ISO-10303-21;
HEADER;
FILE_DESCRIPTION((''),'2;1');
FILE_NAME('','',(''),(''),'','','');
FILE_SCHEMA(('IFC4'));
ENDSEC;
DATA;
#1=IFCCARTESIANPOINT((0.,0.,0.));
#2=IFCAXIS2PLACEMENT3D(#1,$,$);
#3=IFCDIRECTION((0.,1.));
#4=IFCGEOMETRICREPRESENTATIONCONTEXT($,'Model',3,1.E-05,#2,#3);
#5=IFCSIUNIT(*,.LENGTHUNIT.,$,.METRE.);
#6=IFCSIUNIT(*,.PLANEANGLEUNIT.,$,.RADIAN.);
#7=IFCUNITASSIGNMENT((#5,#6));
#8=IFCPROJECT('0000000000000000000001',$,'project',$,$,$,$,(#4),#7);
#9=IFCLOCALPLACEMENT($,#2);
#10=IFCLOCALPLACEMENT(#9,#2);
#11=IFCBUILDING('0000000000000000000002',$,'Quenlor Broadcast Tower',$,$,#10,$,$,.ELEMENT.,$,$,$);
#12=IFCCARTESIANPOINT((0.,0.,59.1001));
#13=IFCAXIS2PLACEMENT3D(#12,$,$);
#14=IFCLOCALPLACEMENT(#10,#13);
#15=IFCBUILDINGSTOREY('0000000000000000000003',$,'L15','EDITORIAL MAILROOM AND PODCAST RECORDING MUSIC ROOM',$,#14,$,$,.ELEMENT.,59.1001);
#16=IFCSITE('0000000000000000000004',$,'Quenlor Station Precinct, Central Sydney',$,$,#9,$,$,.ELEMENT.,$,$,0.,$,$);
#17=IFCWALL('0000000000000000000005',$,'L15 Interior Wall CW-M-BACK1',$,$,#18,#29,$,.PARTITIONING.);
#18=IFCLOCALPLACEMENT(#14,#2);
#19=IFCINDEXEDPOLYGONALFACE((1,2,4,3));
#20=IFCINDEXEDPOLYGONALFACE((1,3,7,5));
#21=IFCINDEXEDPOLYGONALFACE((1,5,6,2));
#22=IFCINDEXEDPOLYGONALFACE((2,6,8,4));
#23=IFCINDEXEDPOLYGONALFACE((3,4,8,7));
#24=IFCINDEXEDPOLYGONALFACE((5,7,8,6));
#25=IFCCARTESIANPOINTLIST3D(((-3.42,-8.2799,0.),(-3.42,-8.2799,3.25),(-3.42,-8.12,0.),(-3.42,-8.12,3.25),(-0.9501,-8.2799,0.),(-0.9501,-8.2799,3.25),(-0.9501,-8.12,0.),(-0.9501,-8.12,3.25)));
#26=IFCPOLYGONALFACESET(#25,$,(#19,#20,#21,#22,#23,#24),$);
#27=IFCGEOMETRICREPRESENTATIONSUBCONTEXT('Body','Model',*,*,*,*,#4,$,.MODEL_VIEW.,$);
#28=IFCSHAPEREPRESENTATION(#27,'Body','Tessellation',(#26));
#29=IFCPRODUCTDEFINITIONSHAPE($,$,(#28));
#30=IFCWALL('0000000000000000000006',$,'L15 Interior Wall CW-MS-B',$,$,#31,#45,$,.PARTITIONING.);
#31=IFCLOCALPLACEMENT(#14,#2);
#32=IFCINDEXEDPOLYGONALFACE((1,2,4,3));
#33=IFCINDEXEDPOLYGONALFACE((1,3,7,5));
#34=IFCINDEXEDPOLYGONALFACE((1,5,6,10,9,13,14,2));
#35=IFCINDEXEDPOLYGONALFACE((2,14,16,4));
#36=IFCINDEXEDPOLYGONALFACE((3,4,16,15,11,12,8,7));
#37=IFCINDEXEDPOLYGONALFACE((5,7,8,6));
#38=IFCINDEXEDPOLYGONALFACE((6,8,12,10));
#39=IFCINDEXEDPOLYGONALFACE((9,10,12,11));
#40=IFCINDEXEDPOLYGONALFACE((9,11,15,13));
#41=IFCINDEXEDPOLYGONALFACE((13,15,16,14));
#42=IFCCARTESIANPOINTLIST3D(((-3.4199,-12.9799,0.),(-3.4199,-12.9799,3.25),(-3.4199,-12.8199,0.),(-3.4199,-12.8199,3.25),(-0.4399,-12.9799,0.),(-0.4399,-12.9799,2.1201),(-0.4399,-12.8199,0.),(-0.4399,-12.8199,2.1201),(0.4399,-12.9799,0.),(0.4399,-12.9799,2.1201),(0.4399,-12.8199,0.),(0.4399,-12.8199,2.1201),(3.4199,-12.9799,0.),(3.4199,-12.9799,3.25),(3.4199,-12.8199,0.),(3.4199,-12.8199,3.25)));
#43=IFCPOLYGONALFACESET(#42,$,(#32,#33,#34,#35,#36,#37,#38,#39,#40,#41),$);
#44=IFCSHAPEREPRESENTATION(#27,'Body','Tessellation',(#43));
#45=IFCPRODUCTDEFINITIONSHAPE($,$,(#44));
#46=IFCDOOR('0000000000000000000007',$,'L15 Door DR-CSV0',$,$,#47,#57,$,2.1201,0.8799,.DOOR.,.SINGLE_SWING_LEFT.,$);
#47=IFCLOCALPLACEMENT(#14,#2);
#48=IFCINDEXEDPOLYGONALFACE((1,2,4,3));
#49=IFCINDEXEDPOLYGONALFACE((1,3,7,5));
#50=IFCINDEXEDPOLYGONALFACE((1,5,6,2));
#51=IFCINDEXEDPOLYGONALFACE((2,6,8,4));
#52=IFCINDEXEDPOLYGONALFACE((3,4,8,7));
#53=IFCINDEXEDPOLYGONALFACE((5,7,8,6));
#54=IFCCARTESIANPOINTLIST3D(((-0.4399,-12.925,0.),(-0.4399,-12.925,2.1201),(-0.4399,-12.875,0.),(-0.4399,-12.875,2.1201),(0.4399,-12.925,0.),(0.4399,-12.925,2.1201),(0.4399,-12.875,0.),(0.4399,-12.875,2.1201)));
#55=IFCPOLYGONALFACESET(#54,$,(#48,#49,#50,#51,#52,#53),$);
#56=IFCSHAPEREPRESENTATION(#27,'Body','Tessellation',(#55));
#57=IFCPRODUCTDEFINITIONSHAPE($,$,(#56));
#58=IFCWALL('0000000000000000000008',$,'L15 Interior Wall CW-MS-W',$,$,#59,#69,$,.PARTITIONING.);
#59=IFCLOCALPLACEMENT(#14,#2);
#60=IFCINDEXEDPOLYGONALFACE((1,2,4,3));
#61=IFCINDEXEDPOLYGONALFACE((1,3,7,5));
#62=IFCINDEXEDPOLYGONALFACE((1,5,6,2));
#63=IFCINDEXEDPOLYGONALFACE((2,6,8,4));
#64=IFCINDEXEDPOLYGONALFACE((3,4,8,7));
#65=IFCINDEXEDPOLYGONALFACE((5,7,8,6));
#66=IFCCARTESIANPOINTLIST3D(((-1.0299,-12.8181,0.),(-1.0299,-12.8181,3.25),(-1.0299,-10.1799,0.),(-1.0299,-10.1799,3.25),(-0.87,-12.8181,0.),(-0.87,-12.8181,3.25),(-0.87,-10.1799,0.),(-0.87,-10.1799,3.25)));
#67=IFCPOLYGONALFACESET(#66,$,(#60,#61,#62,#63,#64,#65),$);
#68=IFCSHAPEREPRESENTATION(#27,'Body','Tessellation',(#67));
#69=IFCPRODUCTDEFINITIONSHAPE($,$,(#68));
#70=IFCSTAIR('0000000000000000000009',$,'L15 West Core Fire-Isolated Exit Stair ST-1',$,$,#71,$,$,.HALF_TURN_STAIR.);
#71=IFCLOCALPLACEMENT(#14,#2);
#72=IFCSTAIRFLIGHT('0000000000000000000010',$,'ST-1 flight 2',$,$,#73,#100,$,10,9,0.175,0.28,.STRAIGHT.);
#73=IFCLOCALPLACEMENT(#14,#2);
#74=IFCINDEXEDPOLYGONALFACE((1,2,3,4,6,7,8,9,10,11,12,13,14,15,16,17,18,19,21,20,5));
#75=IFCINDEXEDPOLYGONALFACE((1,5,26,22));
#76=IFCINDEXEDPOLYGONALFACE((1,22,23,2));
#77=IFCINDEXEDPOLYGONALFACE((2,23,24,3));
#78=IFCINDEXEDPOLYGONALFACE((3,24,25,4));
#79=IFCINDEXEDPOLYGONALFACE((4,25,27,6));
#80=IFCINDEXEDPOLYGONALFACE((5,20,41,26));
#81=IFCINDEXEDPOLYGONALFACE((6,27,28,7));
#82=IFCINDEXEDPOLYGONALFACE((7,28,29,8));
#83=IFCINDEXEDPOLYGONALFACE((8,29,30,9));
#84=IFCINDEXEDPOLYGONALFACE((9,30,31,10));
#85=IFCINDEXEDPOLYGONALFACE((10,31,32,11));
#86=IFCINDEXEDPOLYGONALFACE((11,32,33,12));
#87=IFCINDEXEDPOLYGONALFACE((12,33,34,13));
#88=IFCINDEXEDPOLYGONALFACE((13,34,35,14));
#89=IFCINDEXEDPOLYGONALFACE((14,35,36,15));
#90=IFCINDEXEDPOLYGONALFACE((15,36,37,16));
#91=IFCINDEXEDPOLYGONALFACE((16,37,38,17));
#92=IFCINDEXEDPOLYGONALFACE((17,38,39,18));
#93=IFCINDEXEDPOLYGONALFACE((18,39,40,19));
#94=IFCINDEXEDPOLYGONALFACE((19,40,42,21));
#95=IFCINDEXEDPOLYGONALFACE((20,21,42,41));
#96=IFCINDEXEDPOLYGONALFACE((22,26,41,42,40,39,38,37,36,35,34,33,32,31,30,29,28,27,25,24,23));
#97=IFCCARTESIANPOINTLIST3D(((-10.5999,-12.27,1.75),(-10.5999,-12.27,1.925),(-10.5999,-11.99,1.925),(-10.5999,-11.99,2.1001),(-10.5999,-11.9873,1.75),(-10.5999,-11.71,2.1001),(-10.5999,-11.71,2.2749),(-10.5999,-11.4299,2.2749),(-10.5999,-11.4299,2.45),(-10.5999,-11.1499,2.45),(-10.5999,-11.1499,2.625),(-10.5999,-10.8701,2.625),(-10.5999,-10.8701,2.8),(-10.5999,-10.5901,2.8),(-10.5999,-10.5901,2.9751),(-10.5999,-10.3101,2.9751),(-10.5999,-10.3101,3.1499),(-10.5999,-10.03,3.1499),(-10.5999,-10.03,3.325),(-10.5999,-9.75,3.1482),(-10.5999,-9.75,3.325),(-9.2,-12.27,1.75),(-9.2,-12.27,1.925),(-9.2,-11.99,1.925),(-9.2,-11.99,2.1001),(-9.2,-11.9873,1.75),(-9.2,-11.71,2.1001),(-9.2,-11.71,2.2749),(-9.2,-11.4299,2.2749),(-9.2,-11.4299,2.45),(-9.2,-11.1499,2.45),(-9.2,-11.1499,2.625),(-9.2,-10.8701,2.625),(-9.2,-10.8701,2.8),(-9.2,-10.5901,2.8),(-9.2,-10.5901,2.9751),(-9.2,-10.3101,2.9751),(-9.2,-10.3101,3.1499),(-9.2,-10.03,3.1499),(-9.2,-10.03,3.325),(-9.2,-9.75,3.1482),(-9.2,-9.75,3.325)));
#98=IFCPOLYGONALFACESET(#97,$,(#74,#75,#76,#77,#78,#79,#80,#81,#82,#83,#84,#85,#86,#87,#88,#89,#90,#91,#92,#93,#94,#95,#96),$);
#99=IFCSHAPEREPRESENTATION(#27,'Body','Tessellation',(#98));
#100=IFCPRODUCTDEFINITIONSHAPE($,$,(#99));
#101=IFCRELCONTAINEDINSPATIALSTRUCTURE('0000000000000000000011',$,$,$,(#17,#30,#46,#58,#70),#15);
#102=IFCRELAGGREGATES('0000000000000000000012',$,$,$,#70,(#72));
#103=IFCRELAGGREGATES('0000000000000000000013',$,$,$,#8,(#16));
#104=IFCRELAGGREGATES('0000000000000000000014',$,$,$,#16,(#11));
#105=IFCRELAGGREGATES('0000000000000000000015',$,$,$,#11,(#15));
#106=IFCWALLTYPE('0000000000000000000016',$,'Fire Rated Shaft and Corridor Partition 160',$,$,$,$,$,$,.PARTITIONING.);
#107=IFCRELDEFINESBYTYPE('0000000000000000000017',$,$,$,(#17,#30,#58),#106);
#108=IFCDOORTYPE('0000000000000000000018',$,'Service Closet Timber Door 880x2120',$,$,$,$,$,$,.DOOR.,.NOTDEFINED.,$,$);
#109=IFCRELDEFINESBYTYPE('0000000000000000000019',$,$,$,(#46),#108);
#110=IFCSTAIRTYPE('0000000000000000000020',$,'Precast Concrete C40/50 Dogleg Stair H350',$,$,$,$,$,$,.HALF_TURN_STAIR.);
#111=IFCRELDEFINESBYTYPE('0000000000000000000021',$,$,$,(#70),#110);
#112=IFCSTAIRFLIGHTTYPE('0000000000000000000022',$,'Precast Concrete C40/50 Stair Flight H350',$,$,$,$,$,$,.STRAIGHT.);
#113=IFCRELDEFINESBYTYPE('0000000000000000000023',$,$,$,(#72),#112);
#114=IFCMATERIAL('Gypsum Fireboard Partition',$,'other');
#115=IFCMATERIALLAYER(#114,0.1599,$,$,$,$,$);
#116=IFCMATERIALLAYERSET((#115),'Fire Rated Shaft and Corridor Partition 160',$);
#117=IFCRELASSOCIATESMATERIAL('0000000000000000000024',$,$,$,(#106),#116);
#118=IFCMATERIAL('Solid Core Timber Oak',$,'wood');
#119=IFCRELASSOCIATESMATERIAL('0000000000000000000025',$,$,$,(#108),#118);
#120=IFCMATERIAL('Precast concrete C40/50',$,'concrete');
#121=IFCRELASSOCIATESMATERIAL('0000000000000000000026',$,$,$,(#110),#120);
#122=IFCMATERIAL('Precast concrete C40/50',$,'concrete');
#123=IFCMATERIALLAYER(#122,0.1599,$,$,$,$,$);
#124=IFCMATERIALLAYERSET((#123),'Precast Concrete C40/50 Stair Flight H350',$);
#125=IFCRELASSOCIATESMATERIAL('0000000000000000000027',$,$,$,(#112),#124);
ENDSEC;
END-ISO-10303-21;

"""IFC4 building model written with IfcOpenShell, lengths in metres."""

from ifc_helpers import new_model, si_unit, direction, frame, frame_2d, origin, place, context, subcontext, project, spatial, polyline, rectangle, outline, extrude, material, layer, layer_set, type_object, element, fill, aggregate, save


model = new_model("IFC4")

# Units and contexts
model_context = context("Model", 3, precision=1e-05, world=origin(), true_north=direction((0.0, 1.0)))
body_context = subcontext(model_context, "Body", "Model", "MODEL_VIEW")
ifc_project = project(units=[si_unit("LENGTHUNIT", "METRE"), si_unit("PLANEANGLEUNIT", "RADIAN")], contexts=[model_context])

# Site, building, storey
site_placement = place(None, origin())
site = spatial("IfcSite", under=ifc_project, at=site_placement, Name="Quenlor Station Precinct, Central Sydney", CompositionType="ELEMENT", RefElevation=0.0)
building_placement = place(site_placement, origin())
building = spatial("IfcBuilding", under=site, at=building_placement, Name="Quenlor Broadcast Tower", CompositionType="ELEMENT")
storey_placement = place(building_placement, frame((0.0, 0.0, 59.1001)))
storey = spatial("IfcBuildingStorey", under=building, at=storey_placement, Name="L15", Description="EDITORIAL MAILROOM AND PODCAST RECORDING MUSIC ROOM", CompositionType="ELEMENT", Elevation=59.1001)

# Wall
ifc_material_1 = material(Name="Gypsum Fireboard Partition", Category="other")
ifc_layer_1 = layer(ifc_material_1, 0.1599)
ifc_layer_set_1 = layer_set([ifc_layer_1], Name="Fire Rated Shaft and Corridor Partition 160")
wall_type_1 = type_object("IfcWallType", Name="Fire Rated Shaft and Corridor Partition 160", PredefinedType="PARTITIONING", material=ifc_layer_set_1)
wall_1_placement = place(storey_placement, frame((-3.4199, -8.2, 0.0), z_axis=(0.0, 0.0, 1.0), x_axis=(1.0, 0.0, 0.0)))
element("IfcWall", 1, at=wall_1_placement, inside=storey, type_object=wall_type_1, Name="L15 Interior Wall CW-M-BACK1", PredefinedType="PARTITIONING", context=body_context, shape_type="SweptSolid", body=[
    extrude(rectangle(XDim=2.47, YDim=0.1599, at=frame_2d((1.2349, 0.0))), origin(), (0.0, 0.0, 1.0), 3.25),
])

# Wall, opening, door
wall_2_placement = place(storey_placement, frame((-3.4199, -12.8999, 0.0), z_axis=(0.0, 0.0, 1.0), x_axis=(1.0, 0.0, 0.0)))
wall_2 = element("IfcWall", 2, at=wall_2_placement, inside=storey, type_object=wall_type_1, Name="L15 Interior Wall CW-MS-B", PredefinedType="PARTITIONING", context=body_context, shape_type="SweptSolid", body=[
    extrude(rectangle(XDim=6.8398, YDim=0.1599, at=frame_2d((3.4199, 0.0))), origin(), (0.0, 0.0, 1.0), 3.25),
])
opening_1_placement = place(wall_2_placement, frame((2.98, 0.0, 0.0)))
opening_1 = element("IfcOpeningElement", 3, at=opening_1_placement, cuts=wall_2, PredefinedType="OPENING", context=body_context, shape_type="SweptSolid", body=[
    extrude(rectangle(XDim=0.8799, YDim=2.1201, at=frame_2d((0.4399, 1.0601))), frame((0.0, 0.0898, 0.0), z_axis=(0.0, -1.0, 0.0), x_axis=(1.0, 0.0, 0.0)), (0.0, 0.0, 1.0), 0.1799),
])
ifc_material_2 = material(Name="Solid Core Timber Oak", Category="wood")
door_type_1 = type_object("IfcDoorType", Name="Service Closet Timber Door 880x2120", OperationType="NOTDEFINED", PredefinedType="DOOR", material=ifc_material_2)
door_1_placement = place(opening_1_placement, origin())
door_1 = element("IfcDoor", 4, at=door_1_placement, inside=storey, type_object=door_type_1, Name="L15 Door DR-CSV0", OperationType="SINGLE_SWING_LEFT", OverallHeight=2.1201, OverallWidth=0.8799, PredefinedType="DOOR", context=body_context, shape_type="SweptSolid", body=[
    extrude(rectangle(XDim=0.8799, YDim=2.1201, at=frame_2d((0.4399, 1.0601))), frame((0.0, 0.0249, 0.0), z_axis=(0.0, -1.0, 0.0), x_axis=(1.0, 0.0, 0.0)), (0.0, 0.0, 1.0), 0.05),
])
fill(opening_1, door_1)

# Wall
wall_3_placement = place(storey_placement, frame((-0.95, -12.8181, 0.0), z_axis=(0.0, 0.0, 1.0), x_axis=(0.0, 1.0, 0.0)))
element("IfcWall", 5, at=wall_3_placement, inside=storey, type_object=wall_type_1, Name="L15 Interior Wall CW-MS-W", PredefinedType="PARTITIONING", context=body_context, shape_type="SweptSolid", body=[
    extrude(rectangle(XDim=2.6382, YDim=0.1599, at=frame_2d((1.3191, 0.0))), origin(), (0.0, 0.0, 1.0), 3.25),
])

# Stair, stair flight
ifc_material_3 = material(Name="Precast concrete C40/50", Category="concrete")
stair_type = type_object("IfcStairType", Name="Precast Concrete C40/50 Dogleg Stair H350", PredefinedType="HALF_TURN_STAIR", material=ifc_material_3)
stair_placement = place(storey_placement, origin())
stair = element("IfcStair", 6, at=stair_placement, inside=storey, type_object=stair_type, Name="L15 West Core Fire-Isolated Exit Stair ST-1", PredefinedType="HALF_TURN_STAIR")
ifc_material_4 = material(Name="Precast concrete C40/50", Category="concrete")
ifc_layer_2 = layer(ifc_material_4, 0.1599)
ifc_layer_set_2 = layer_set([ifc_layer_2], Name="Precast Concrete C40/50 Stair Flight H350")
stair_flight_type = type_object("IfcStairFlightType", Name="Precast Concrete C40/50 Stair Flight H350", PredefinedType="STRAIGHT", material=ifc_layer_set_2)
stair_flight_placement = place(storey_placement, frame((-9.8999, -12.27, 1.75), z_axis=(0.0, 0.0, 1.0), x_axis=(0.0, 1.0, 0.0)))
stair_flight = element("IfcStairFlight", 7, at=stair_flight_placement, type_object=stair_flight_type, Name="ST-1 flight 2", NumberOfRisers=10, NumberOfTreads=9, PredefinedType="STRAIGHT", RiserHeight=0.175, TreadLength=0.28, context=body_context, shape_type="SweptSolid", body=[
    extrude(outline(polyline([(0.0, 0.0), (0.0, 0.175), (0.28, 0.175), (0.28, 0.3501), (0.5601, 0.3501), (0.5601, 0.5249), (0.8401, 0.5249), (0.8401, 0.7), (1.1201, 0.7), (1.1201, 0.875), (1.3999, 0.875), (1.3999, 1.05), (1.6799, 1.05), (1.6799, 1.2251), (1.96, 1.2251), (1.96, 1.3999), (2.24, 1.3999), (2.24, 1.575), (2.52, 1.575), (2.52, 1.75), (2.52, 1.3982), (0.2827, 0.0), (0.0, 0.0)])), frame((0.0, 0.7, 0.0), z_axis=(0.0, -1.0, 0.0), x_axis=(1.0, 0.0, 0.0)), (0.0, 0.0, 1.0), 1.3999),
])
aggregate(stair, [stair_flight])

save(model, "model.ifc")
